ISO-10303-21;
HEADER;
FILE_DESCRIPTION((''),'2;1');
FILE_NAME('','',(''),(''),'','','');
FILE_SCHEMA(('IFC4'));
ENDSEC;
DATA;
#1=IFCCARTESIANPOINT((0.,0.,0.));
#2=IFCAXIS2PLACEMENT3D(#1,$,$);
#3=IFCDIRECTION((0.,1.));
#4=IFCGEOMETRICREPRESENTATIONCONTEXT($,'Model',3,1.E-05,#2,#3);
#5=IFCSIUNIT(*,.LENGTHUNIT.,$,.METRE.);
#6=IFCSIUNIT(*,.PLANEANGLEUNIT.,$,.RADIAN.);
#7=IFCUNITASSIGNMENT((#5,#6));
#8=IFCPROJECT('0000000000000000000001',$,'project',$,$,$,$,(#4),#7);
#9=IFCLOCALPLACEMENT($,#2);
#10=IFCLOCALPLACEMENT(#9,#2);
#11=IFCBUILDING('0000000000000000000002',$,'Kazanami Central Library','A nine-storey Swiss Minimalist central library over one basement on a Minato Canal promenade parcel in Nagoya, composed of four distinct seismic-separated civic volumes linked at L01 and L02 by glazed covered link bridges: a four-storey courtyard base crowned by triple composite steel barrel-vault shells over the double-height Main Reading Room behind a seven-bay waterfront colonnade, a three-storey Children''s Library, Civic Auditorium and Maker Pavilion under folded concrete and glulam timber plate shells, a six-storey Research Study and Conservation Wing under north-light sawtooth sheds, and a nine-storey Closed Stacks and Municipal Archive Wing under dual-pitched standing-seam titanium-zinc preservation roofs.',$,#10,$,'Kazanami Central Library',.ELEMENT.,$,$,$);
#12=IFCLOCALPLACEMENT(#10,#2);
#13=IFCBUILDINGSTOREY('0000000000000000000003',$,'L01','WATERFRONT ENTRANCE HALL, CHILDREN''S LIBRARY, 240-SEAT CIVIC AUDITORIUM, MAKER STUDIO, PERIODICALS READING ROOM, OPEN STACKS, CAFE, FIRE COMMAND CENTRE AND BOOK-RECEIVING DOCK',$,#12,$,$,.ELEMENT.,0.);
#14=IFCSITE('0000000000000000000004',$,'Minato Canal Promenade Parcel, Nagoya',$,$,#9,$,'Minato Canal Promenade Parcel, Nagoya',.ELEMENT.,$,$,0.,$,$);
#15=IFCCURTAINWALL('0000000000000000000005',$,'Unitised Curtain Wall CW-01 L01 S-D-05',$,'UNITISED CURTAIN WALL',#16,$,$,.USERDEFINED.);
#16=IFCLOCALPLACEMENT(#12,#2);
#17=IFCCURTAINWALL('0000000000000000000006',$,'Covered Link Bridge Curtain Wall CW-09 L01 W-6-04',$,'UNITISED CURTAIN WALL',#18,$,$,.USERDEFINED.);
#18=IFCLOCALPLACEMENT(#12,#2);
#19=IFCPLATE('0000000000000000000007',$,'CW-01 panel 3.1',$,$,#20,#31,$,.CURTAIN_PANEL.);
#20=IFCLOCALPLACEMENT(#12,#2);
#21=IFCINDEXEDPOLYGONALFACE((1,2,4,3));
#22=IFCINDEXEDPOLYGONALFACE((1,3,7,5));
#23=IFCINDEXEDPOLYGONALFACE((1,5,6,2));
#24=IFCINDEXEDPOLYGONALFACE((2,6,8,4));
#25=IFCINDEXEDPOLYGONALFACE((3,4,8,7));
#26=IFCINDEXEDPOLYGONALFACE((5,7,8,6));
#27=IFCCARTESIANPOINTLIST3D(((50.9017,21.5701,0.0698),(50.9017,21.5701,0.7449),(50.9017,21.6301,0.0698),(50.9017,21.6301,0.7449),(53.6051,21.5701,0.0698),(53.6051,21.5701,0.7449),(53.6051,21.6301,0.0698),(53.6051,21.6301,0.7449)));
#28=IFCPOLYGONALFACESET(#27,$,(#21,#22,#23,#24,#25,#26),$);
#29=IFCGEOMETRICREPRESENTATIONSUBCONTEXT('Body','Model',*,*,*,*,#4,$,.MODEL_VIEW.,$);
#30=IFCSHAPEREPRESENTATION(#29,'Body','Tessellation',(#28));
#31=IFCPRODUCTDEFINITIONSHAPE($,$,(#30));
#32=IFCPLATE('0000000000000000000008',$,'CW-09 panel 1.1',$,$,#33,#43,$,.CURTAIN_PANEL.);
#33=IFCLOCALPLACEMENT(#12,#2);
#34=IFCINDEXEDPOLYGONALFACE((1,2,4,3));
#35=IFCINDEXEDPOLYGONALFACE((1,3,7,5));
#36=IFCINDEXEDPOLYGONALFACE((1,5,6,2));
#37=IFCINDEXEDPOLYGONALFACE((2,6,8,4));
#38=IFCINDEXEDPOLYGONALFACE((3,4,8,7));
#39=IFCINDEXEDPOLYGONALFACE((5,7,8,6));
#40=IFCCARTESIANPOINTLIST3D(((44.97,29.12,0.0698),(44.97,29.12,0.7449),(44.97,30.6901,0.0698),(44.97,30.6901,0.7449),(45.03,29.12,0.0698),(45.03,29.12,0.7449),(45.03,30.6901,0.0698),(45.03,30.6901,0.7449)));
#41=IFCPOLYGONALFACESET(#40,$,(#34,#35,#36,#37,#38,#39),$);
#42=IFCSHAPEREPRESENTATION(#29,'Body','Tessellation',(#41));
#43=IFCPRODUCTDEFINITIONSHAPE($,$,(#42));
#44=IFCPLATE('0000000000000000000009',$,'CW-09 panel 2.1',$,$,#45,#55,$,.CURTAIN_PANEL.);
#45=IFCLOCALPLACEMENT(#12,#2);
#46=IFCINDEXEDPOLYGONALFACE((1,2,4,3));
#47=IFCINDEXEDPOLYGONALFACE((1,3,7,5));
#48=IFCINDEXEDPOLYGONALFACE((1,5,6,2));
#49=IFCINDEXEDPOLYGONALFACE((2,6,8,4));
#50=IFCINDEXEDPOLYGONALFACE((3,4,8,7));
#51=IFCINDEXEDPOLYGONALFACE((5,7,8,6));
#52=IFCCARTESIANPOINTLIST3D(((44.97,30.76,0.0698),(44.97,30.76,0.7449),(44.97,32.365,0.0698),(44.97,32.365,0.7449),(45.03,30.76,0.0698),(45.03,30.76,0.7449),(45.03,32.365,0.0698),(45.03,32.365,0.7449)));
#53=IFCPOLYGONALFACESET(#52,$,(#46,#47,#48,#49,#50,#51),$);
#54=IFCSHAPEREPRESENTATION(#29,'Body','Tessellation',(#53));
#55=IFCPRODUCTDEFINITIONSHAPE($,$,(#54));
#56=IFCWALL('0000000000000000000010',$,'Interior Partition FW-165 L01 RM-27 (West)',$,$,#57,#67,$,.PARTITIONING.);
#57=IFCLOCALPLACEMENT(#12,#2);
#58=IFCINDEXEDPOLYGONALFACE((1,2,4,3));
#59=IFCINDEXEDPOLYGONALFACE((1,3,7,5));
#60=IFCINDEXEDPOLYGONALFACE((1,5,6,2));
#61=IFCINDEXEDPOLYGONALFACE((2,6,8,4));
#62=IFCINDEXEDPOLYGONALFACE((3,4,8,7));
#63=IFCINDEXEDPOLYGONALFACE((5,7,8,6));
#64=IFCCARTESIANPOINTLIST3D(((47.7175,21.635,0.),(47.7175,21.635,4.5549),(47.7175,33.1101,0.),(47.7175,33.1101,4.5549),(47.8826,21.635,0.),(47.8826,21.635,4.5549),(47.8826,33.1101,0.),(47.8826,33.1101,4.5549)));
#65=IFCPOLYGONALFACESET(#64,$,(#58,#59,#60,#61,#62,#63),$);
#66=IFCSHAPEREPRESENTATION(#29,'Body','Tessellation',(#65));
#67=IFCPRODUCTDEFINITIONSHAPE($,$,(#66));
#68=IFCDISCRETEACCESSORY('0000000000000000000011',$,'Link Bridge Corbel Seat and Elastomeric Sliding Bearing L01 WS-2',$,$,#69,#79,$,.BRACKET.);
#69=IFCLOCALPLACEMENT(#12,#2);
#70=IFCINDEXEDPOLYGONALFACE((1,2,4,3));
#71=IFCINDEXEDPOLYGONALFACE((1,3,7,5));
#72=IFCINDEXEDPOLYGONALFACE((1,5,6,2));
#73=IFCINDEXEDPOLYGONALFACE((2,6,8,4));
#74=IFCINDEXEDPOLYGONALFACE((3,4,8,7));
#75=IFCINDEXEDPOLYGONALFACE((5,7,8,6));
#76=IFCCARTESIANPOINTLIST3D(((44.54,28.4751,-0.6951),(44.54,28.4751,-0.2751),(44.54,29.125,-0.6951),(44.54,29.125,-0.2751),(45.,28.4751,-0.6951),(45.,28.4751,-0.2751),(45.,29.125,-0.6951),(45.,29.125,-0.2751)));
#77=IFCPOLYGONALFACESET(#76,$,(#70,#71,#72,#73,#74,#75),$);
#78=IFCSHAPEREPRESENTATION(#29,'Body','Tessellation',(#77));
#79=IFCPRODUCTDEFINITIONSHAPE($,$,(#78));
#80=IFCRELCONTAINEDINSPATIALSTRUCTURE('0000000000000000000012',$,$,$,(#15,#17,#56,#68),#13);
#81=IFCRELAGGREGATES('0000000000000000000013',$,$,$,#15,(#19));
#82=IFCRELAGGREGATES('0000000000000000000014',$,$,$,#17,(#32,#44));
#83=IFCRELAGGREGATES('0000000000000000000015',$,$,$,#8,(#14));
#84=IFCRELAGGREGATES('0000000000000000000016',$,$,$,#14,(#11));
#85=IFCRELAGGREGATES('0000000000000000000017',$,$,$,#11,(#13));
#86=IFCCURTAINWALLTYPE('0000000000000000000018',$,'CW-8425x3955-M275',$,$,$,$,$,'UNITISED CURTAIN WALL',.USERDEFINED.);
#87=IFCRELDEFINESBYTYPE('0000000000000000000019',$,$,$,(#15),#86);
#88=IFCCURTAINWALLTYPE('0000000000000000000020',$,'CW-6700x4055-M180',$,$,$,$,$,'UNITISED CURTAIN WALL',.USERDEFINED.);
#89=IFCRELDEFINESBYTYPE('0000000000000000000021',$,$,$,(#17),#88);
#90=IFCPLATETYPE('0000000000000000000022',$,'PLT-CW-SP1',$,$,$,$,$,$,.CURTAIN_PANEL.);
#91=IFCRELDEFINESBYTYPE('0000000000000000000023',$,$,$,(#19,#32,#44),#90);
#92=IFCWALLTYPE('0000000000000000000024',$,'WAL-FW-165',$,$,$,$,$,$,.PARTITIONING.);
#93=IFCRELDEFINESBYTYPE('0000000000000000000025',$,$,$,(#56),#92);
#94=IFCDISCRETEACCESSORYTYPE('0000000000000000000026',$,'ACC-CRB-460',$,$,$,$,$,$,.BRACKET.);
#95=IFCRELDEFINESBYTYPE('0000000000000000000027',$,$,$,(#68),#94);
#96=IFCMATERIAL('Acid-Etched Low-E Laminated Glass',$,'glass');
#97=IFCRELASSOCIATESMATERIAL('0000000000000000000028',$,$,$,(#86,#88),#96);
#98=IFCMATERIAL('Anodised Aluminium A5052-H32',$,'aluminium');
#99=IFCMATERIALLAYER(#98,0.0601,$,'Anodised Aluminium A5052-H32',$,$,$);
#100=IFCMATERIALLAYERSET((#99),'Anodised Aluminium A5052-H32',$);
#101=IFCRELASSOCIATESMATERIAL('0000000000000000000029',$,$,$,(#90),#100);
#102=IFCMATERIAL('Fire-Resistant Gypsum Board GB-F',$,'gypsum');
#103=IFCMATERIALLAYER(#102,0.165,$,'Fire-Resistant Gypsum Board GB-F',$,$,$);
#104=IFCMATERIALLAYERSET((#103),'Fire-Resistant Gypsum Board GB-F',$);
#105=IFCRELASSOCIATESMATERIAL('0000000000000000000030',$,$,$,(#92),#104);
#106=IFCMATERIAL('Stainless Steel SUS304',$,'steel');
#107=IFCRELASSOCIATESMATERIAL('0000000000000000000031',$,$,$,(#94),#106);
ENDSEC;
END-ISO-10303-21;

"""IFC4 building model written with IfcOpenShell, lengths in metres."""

from ifc_helpers import new_model, si_unit, direction, frame, frame_2d, origin, origin_2d, place, context, subcontext, project, spatial, rectangle, extrude, material, layer, layer_set, type_object, element, aggregate, save


model = new_model("IFC4")

# Units and contexts
model_context = context("Model", 3, precision=1e-05, world=origin(), true_north=direction((0.0, 1.0)))
body_context = subcontext(model_context, "Body", "Model", "MODEL_VIEW")
ifc_project = project(units=[si_unit("LENGTHUNIT", "METRE"), si_unit("PLANEANGLEUNIT", "RADIAN")], contexts=[model_context])

# Site, building, storey
site_placement = place(None, origin())
site = spatial("IfcSite", under=ifc_project, at=site_placement, Name="Minato Canal Promenade Parcel, Nagoya", LongName="Minato Canal Promenade Parcel, Nagoya", CompositionType="ELEMENT", RefElevation=0.0)
building_placement = place(site_placement, origin())
building = spatial("IfcBuilding", under=site, at=building_placement, Name="Kazanami Central Library", Description="A nine-storey Swiss Minimalist central library over one basement on a Minato Canal promenade parcel in Nagoya, composed of four distinct seismic-separated civic volumes linked at L01 and L02 by glazed covered link bridges: a four-storey courtyard base crowned by triple composite steel barrel-vault shells over the double-height Main Reading Room behind a seven-bay waterfront colonnade, a three-storey Children's Library, Civic Auditorium and Maker Pavilion under folded concrete and glulam timber plate shells, a six-storey Research Study and Conservation Wing under north-light sawtooth sheds, and a nine-storey Closed Stacks and Municipal Archive Wing under dual-pitched standing-seam titanium-zinc preservation roofs.", LongName="Kazanami Central Library", CompositionType="ELEMENT")
storey_placement = place(building_placement, origin())
storey = spatial("IfcBuildingStorey", under=building, at=storey_placement, Name="L01", Description="WATERFRONT ENTRANCE HALL, CHILDREN'S LIBRARY, 240-SEAT CIVIC AUDITORIUM, MAKER STUDIO, PERIODICALS READING ROOM, OPEN STACKS, CAFE, FIRE COMMAND CENTRE AND BOOK-RECEIVING DOCK", CompositionType="ELEMENT", Elevation=0.0)

# Curtain wall
ifc_material_1 = material(Name="Acid-Etched Low-E Laminated Glass", Category="glass")
curtain_wall_type_1 = type_object("IfcCurtainWallType", Name="CW-8425x3955-M275", ElementType="UNITISED CURTAIN WALL", PredefinedType="USERDEFINED", material=ifc_material_1)
curtain_wall_1_placement = place(storey_placement, origin())
curtain_wall_1 = element("IfcCurtainWall", 1, at=curtain_wall_1_placement, inside=storey, type_object=curtain_wall_type_1, Name="Unitised Curtain Wall CW-01 L01 S-D-05", ObjectType="UNITISED CURTAIN WALL", PredefinedType="USERDEFINED")

# Curtain wall
curtain_wall_type_2 = type_object("IfcCurtainWallType", Name="CW-6700x4055-M180", ElementType="UNITISED CURTAIN WALL", PredefinedType="USERDEFINED", material=ifc_material_1)
curtain_wall_2_placement = place(storey_placement, origin())
curtain_wall_2 = element("IfcCurtainWall", 2, at=curtain_wall_2_placement, inside=storey, type_object=curtain_wall_type_2, Name="Covered Link Bridge Curtain Wall CW-09 L01 W-6-04", ObjectType="UNITISED CURTAIN WALL", PredefinedType="USERDEFINED")

# Plates
ifc_material_2 = material(Name="Anodised Aluminium A5052-H32", Category="aluminium")
ifc_layer_1 = layer(ifc_material_2, 0.0601, Name="Anodised Aluminium A5052-H32")
ifc_layer_set_1 = layer_set([ifc_layer_1], Name="Anodised Aluminium A5052-H32")
plate_type_1 = type_object("IfcPlateType", Name="PLT-CW-SP1", PredefinedType="CURTAIN_PANEL", material=ifc_layer_set_1)
plate_1_placement = place(storey_placement, frame((52.2534, 21.6001, 0.0698), z_axis=(0.0, 0.0, 1.0), x_axis=(1.0, 0.0, 0.0)))
plate_1 = element("IfcPlate", 3, at=plate_1_placement, type_object=plate_type_1, Name="CW-01 panel 3.1", PredefinedType="CURTAIN_PANEL", context=body_context, shape_type="SweptSolid", body=[
    extrude(rectangle(XDim=2.7034, YDim=0.0601, at=origin_2d()), origin(), (0.0, 0.0, 1.0), 0.675),
])
aggregate(curtain_wall_1, [plate_1])
plate_2_placement = place(storey_placement, frame((45.0, 29.905, 0.0698), z_axis=(0.0, 0.0, 1.0), x_axis=(0.0, 1.0, 0.0)))
plate_2 = element("IfcPlate", 4, at=plate_2_placement, type_object=plate_type_1, Name="CW-09 panel 1.1", PredefinedType="CURTAIN_PANEL", context=body_context, shape_type="SweptSolid", body=[
    extrude(rectangle(XDim=1.5701, YDim=0.0601, at=origin_2d()), origin(), (0.0, 0.0, 1.0), 0.675),
])
plate_3_placement = place(storey_placement, frame((45.0, 31.5625, 0.0698), z_axis=(0.0, 0.0, 1.0), x_axis=(0.0, 1.0, 0.0)))
plate_3 = element("IfcPlate", 5, at=plate_3_placement, type_object=plate_type_1, Name="CW-09 panel 2.1", PredefinedType="CURTAIN_PANEL", context=body_context, shape_type="SweptSolid", body=[
    extrude(rectangle(XDim=1.605, YDim=0.0601, at=origin_2d()), origin(), (0.0, 0.0, 1.0), 0.675),
])
aggregate(curtain_wall_2, [plate_2, plate_3])

# Wall
ifc_material_3 = material(Name="Fire-Resistant Gypsum Board GB-F", Category="gypsum")
ifc_layer_2 = layer(ifc_material_3, 0.165, Name="Fire-Resistant Gypsum Board GB-F")
ifc_layer_set_2 = layer_set([ifc_layer_2], Name="Fire-Resistant Gypsum Board GB-F")
wall_type_1 = type_object("IfcWallType", Name="WAL-FW-165", PredefinedType="PARTITIONING", material=ifc_layer_set_2)
wall_1_placement = place(storey_placement, frame((47.8, 21.635, 0.0), z_axis=(0.0, 0.0, 1.0), x_axis=(0.0, 1.0, 0.0)))
element("IfcWall", 6, at=wall_1_placement, inside=storey, type_object=wall_type_1, Name="Interior Partition FW-165 L01 RM-27 (West)", PredefinedType="PARTITIONING", context=body_context, shape_type="SweptSolid", body=[
    extrude(rectangle(XDim=11.4751, YDim=0.165, at=frame_2d((5.7375, 0.0))), origin(), (0.0, 0.0, 1.0), 4.5549),
])

# Discrete accessory
ifc_material_4 = material(Name="Stainless Steel SUS304", Category="steel")
discrete_accessory_type = type_object("IfcDiscreteAccessoryType", Name="ACC-CRB-460", PredefinedType="BRACKET", material=ifc_material_4)
discrete_accessory_placement = place(storey_placement, frame((44.77, 28.8, -0.6951), z_axis=(0.0, 0.0, 1.0), x_axis=(1.0, 0.0, 0.0)))
element("IfcDiscreteAccessory", 7, at=discrete_accessory_placement, inside=storey, type_object=discrete_accessory_type, Name="Link Bridge Corbel Seat and Elastomeric Sliding Bearing L01 WS-2", PredefinedType="BRACKET", context=body_context, shape_type="SweptSolid", body=[
    extrude(rectangle(XDim=0.46, YDim=0.6499, at=origin_2d()), origin(), (0.0, 0.0, 1.0), 0.4199),
])

save(model, "model.ifc")
